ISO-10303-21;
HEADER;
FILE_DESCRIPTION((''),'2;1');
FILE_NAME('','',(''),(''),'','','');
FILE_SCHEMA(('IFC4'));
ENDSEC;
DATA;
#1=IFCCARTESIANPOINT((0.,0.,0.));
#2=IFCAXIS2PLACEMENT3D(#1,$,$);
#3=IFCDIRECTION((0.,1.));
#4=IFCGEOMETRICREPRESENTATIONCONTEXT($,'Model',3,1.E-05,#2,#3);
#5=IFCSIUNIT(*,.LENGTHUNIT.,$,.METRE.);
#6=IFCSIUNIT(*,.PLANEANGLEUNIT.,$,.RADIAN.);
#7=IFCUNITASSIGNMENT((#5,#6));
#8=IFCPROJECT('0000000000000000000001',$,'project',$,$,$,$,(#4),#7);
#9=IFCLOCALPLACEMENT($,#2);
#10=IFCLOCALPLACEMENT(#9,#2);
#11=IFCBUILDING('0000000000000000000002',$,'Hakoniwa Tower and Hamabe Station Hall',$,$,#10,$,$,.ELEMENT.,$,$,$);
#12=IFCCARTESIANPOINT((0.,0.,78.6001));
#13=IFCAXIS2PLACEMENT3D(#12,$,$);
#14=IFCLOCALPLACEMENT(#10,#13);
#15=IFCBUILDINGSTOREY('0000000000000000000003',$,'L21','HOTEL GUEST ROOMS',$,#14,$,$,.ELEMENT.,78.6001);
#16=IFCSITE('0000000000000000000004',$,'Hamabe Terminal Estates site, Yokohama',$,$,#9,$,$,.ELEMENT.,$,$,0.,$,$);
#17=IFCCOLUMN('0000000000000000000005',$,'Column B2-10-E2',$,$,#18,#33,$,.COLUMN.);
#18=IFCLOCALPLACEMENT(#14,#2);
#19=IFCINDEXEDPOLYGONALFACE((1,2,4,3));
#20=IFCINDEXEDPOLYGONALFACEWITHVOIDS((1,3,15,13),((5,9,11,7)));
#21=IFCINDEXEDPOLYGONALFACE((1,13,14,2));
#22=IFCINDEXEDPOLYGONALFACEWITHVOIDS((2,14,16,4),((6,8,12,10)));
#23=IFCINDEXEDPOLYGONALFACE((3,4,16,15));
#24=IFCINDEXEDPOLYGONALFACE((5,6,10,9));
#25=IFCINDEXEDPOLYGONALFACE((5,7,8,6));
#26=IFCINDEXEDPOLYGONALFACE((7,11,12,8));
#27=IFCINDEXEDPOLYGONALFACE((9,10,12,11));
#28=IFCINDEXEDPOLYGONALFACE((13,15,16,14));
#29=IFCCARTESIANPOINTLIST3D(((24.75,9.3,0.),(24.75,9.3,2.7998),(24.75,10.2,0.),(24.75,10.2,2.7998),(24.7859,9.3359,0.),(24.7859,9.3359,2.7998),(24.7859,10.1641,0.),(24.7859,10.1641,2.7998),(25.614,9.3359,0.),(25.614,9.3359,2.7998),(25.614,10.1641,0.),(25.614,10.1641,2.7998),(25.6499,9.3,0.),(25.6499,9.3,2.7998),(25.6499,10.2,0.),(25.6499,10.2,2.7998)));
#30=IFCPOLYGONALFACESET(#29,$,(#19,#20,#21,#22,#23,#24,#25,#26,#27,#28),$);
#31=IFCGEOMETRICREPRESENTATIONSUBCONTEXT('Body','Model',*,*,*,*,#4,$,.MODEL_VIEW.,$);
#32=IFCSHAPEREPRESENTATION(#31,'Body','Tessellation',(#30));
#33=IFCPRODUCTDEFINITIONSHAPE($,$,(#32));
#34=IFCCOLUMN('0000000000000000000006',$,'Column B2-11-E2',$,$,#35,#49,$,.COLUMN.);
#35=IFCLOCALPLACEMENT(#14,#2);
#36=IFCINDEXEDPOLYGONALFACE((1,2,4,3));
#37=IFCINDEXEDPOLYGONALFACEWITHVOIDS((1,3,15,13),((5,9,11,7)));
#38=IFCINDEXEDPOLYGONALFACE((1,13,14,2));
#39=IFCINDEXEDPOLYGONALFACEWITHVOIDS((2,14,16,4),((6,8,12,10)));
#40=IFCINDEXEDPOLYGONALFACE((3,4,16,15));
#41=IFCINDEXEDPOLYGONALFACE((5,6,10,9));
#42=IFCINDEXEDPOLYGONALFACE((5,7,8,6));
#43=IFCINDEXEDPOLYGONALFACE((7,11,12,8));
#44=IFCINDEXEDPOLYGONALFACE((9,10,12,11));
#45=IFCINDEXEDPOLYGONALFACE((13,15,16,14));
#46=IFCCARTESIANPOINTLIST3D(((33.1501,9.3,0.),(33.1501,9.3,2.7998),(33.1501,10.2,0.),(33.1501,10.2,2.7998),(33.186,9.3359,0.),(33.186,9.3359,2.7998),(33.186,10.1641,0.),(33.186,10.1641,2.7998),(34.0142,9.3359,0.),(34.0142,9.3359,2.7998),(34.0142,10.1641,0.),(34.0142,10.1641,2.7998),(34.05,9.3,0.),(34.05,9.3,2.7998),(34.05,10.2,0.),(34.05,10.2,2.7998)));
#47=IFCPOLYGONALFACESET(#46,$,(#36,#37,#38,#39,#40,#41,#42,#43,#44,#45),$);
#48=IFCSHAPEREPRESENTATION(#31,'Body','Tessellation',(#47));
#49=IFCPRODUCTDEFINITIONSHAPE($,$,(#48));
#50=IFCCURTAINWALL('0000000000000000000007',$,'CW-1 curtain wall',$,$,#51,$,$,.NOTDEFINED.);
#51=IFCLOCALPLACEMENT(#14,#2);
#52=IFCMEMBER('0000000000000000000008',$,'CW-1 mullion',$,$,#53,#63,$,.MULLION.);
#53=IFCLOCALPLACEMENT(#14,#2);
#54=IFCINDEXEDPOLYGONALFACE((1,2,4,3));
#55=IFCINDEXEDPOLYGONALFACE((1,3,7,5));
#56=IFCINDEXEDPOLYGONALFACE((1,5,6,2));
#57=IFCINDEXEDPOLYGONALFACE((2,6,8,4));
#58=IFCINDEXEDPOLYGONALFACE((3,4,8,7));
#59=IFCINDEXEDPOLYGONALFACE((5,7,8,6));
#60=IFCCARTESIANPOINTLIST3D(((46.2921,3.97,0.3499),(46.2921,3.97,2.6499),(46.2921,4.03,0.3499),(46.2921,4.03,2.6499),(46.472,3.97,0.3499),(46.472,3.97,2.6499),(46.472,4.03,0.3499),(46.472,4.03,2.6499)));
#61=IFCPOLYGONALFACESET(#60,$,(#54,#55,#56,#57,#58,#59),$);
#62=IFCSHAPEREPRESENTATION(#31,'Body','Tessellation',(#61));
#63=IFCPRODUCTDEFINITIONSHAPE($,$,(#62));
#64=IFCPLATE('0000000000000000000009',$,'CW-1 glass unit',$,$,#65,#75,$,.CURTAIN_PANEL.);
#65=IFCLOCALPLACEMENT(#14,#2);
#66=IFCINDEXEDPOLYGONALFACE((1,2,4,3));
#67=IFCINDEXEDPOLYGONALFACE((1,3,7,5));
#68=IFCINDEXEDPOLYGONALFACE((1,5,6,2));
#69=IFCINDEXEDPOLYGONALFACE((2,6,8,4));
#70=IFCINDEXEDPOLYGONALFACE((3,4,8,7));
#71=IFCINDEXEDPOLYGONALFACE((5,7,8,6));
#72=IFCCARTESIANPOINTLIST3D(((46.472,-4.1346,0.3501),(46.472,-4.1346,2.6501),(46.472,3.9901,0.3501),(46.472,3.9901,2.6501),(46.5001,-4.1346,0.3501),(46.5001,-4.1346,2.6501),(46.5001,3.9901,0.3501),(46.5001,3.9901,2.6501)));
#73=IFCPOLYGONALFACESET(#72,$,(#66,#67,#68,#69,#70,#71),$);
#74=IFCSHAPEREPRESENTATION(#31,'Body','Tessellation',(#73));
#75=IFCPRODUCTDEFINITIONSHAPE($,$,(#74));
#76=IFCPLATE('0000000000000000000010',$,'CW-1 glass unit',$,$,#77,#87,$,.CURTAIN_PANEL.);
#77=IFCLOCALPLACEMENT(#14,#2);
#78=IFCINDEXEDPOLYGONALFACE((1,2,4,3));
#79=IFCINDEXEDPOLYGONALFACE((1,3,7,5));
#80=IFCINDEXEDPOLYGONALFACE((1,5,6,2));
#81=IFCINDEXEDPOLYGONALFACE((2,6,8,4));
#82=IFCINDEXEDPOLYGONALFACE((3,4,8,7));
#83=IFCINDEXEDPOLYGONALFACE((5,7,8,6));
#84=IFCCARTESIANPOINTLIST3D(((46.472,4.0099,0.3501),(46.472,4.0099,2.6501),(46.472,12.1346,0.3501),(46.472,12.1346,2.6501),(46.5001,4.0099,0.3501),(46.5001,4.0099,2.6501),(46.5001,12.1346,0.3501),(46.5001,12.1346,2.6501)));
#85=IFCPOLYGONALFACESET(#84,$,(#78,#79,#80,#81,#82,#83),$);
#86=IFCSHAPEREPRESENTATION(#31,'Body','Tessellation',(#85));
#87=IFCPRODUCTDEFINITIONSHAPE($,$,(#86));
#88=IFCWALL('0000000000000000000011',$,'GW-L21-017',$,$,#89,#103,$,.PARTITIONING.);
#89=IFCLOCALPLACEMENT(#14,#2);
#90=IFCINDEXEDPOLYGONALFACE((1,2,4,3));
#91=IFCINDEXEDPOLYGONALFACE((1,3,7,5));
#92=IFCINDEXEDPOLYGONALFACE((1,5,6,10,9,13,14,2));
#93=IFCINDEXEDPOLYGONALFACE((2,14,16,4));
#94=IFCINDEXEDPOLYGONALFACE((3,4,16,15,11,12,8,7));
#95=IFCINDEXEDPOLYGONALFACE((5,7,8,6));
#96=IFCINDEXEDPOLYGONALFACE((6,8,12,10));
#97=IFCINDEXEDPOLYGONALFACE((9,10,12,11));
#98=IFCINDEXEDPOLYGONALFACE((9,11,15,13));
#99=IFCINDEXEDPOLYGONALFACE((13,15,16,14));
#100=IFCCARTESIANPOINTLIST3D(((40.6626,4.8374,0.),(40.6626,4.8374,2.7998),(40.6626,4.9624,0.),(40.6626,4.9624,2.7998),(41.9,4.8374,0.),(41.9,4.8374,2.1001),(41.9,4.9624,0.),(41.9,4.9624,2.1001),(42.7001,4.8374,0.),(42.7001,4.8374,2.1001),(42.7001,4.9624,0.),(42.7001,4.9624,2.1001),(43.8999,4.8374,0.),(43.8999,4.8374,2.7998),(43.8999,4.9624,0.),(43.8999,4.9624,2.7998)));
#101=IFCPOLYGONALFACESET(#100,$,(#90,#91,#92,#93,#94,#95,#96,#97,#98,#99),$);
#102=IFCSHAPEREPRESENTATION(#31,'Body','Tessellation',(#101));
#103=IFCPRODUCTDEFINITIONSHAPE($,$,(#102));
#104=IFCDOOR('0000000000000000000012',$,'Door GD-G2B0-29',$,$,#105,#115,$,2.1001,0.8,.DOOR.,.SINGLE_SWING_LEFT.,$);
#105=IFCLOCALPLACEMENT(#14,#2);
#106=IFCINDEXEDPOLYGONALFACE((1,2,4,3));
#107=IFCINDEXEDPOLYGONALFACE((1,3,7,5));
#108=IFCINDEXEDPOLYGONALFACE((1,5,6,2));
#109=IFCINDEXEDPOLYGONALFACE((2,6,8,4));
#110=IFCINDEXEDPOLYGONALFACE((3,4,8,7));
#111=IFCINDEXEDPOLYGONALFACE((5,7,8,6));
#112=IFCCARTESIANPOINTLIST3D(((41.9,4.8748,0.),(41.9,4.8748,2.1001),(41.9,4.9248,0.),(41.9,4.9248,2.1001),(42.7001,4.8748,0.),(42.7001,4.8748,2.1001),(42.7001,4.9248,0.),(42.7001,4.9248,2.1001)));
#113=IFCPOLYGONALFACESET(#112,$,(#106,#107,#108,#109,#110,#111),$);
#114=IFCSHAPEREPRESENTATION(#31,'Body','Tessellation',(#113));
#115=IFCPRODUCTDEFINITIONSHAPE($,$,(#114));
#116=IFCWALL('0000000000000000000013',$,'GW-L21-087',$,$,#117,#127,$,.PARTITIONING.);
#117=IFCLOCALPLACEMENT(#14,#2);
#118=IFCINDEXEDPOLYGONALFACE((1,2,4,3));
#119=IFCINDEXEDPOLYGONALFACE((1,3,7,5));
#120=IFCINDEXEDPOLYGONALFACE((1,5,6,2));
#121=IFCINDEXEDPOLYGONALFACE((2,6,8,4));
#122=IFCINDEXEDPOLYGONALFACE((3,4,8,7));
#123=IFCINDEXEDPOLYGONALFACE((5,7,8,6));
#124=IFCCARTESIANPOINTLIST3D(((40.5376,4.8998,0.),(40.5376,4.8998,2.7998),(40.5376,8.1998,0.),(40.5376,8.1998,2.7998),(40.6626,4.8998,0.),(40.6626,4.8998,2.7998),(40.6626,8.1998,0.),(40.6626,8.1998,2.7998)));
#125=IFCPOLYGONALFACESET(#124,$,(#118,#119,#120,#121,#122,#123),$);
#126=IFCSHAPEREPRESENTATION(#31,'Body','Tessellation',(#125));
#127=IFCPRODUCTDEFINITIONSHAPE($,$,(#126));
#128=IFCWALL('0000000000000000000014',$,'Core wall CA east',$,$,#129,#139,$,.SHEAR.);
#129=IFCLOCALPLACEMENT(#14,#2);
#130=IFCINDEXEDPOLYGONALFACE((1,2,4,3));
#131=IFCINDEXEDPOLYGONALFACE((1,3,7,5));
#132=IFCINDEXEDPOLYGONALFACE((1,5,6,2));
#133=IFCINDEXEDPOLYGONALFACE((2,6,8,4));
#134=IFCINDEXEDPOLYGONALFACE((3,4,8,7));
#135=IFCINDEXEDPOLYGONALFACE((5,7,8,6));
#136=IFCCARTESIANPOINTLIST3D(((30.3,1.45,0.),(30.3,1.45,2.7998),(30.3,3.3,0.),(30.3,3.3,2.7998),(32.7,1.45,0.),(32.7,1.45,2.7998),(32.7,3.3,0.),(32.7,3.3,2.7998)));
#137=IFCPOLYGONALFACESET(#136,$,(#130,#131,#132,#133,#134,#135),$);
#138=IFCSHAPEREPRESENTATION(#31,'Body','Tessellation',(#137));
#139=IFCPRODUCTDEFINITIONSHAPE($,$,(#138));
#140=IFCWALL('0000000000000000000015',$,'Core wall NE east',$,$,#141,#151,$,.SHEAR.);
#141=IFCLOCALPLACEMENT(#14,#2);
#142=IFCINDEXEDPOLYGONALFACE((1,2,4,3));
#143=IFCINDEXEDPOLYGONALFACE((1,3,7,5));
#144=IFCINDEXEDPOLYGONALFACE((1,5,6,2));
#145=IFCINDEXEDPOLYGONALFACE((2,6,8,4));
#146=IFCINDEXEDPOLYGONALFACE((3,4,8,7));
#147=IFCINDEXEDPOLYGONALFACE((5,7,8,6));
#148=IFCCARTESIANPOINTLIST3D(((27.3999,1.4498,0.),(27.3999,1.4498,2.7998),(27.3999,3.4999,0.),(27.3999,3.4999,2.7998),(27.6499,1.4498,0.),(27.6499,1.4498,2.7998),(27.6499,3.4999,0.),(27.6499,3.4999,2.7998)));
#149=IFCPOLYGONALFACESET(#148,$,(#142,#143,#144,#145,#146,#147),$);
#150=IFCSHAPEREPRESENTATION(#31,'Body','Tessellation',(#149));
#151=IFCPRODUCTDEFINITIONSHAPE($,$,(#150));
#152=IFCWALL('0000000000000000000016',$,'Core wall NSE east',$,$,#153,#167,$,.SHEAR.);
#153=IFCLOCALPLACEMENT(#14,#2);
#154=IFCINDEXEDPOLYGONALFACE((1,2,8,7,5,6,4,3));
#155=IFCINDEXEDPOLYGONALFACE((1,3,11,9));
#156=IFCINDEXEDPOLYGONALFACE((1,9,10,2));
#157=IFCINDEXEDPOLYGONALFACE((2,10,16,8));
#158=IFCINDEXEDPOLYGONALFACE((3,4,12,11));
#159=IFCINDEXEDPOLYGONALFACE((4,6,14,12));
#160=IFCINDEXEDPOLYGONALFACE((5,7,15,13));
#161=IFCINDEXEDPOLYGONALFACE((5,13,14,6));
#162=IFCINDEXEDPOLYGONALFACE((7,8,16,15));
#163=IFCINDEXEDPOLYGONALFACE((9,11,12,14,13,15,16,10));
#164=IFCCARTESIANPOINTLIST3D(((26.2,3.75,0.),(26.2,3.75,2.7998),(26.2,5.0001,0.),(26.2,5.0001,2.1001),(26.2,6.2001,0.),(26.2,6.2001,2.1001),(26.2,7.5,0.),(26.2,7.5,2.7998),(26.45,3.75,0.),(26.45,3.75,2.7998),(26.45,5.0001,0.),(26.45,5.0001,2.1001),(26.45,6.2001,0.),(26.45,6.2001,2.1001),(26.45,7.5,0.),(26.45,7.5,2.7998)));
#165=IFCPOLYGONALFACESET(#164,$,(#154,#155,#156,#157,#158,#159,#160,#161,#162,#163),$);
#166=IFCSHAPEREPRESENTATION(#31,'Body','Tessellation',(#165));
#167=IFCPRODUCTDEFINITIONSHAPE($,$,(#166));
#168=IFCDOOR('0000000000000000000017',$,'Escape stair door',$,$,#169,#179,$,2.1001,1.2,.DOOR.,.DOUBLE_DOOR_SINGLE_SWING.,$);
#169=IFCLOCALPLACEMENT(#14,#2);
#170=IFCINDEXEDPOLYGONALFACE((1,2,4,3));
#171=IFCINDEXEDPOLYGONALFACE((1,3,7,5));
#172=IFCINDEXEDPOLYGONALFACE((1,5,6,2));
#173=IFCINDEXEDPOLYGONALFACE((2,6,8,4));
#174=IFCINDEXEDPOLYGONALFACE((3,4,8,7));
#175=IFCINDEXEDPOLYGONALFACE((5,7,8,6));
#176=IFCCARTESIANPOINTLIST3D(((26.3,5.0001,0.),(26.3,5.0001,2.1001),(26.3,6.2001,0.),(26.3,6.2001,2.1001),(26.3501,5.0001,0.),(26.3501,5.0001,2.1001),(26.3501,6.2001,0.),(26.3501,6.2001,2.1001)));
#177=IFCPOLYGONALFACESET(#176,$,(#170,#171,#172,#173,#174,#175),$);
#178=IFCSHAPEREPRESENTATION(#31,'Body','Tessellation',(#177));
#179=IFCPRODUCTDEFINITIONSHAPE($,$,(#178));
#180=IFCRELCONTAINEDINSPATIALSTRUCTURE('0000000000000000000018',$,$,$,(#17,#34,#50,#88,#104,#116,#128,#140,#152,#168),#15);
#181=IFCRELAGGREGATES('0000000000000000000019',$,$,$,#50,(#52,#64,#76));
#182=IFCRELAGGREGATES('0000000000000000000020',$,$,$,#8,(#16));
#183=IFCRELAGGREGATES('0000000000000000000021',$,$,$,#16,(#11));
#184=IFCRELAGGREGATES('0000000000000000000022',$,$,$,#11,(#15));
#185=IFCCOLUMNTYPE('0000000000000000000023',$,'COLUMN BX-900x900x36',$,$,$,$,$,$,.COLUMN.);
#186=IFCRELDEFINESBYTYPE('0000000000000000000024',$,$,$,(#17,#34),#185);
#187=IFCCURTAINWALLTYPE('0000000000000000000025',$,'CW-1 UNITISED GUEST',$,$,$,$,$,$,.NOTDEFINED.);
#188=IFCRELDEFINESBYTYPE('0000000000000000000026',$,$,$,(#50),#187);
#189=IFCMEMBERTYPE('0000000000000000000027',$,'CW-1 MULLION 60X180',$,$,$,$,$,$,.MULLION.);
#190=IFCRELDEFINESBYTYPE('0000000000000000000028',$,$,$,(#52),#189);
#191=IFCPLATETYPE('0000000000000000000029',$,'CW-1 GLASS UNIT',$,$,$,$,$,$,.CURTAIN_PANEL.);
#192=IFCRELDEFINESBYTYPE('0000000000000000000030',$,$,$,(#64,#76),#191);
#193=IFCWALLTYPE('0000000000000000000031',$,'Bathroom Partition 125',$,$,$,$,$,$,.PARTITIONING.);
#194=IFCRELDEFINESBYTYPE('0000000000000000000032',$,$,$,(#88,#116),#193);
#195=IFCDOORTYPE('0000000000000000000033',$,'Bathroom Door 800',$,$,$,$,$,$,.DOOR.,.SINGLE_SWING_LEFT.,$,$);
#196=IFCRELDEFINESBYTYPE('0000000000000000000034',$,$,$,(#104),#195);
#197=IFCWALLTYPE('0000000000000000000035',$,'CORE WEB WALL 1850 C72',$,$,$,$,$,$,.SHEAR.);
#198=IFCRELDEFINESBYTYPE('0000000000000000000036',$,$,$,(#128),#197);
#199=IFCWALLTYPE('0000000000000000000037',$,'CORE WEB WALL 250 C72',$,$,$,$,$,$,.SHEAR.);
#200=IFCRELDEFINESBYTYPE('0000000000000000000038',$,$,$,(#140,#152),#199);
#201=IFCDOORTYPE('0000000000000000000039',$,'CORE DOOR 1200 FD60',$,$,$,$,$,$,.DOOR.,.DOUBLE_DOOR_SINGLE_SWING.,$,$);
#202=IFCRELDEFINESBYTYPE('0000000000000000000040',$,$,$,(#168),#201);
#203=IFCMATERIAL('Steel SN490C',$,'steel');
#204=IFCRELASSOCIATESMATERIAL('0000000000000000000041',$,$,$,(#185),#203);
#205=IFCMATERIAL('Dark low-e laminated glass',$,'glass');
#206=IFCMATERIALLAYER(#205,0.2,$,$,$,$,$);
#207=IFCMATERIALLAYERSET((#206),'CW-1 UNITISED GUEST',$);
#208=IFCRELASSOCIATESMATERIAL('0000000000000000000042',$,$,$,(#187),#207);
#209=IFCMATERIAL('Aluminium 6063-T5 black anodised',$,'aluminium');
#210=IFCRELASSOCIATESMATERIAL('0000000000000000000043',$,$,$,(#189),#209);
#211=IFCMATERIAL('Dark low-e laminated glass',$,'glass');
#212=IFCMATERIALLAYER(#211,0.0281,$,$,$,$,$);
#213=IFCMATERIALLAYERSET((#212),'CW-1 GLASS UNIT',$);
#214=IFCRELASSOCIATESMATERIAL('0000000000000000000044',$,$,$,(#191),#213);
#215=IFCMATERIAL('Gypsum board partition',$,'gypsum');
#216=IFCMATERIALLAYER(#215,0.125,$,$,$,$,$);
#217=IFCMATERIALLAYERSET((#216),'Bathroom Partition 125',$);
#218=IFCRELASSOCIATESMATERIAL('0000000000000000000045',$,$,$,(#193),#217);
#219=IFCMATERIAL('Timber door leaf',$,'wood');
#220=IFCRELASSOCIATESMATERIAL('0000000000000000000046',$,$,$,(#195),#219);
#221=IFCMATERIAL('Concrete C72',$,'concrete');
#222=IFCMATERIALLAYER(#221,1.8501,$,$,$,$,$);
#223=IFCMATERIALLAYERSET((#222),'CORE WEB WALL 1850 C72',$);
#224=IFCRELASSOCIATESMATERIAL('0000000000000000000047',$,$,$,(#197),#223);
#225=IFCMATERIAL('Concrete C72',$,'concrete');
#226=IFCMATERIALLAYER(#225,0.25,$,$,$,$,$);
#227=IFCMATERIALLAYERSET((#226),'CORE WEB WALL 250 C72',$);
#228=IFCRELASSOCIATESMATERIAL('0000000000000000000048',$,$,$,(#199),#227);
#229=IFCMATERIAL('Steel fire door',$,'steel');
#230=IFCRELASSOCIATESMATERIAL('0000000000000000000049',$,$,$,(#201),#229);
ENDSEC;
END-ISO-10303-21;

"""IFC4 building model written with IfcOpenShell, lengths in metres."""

from ifc_helpers import new_model, si_unit, direction, frame, frame_2d, origin, origin_2d, place, context, subcontext, project, spatial, rectangle, hollow_rectangle, extrude, material, layer, layer_set, material_profile, profile_set, type_object, element, fill, aggregate, save


model = new_model("IFC4")

# Units and contexts
model_context = context("Model", 3, precision=1e-05, world=origin(), true_north=direction((0.0, 1.0)))
body_context = subcontext(model_context, "Body", "Model", "MODEL_VIEW")
ifc_project = project(units=[si_unit("LENGTHUNIT", "METRE"), si_unit("PLANEANGLEUNIT", "RADIAN")], contexts=[model_context])

# Site, building, storey
site_placement = place(None, origin())
site = spatial("IfcSite", under=ifc_project, at=site_placement, Name="Hamabe Terminal Estates site, Yokohama", CompositionType="ELEMENT", RefElevation=0.0)
building_placement = place(site_placement, origin())
building = spatial("IfcBuilding", under=site, at=building_placement, Name="Hakoniwa Tower and Hamabe Station Hall", CompositionType="ELEMENT")
storey_placement = place(building_placement, frame((0.0, 0.0, 78.6001)))
storey = spatial("IfcBuildingStorey", under=building, at=storey_placement, Name="L21", Description="HOTEL GUEST ROOMS", CompositionType="ELEMENT", Elevation=78.6001)

# Columns
ifc_material_1 = material(Name="Steel SN490C", Category="steel")
ifc_material_profile_1 = material_profile(ifc_material_1, hollow_rectangle(XDim=0.8999, YDim=0.8999, WallThickness=0.0359, at=origin_2d()), Name="BX-900x900x36")
ifc_profile_set_1 = profile_set([ifc_material_profile_1], Name="Steel SN490C")
column_type = type_object("IfcColumnType", Name="COLUMN BX-900x900x36", PredefinedType="COLUMN", material=ifc_profile_set_1)
for number, where, z_axis, x_axis, name in (
    (1, (25.2, 9.75, 0.0), (0.0, 0.0, 1.0), (1.0, 0.0, 0.0), "Column B2-10-E2"),
    (2, (33.6001, 9.75, 0.0), (0.0, 0.0, 1.0), (1.0, 0.0, 0.0), "Column B2-11-E2"),
):
    element("IfcColumn", number, at=place(storey_placement, frame(where, z_axis=z_axis, x_axis=x_axis)), inside=storey, type_object=column_type, Name=name, PredefinedType="COLUMN", context=body_context, shape_type="SweptSolid", body=[
        extrude(hollow_rectangle(XDim=0.8999, YDim=0.8999, WallThickness=0.0359, at=origin_2d()), origin(), (0.0, 0.0, 1.0), 2.7998),
    ])

# Curtain wall, member, plates
ifc_material_2 = material(Name="Dark low-e laminated glass", Category="glass")
ifc_layer_1 = layer(ifc_material_2, 0.2)
ifc_layer_set_1 = layer_set([ifc_layer_1], Name="CW-1 UNITISED GUEST")
curtain_wall_type = type_object("IfcCurtainWallType", Name="CW-1 UNITISED GUEST", PredefinedType="NOTDEFINED", material=ifc_layer_set_1)
curtain_wall_placement = place(storey_placement, origin())
curtain_wall = element("IfcCurtainWall", 3, at=curtain_wall_placement, inside=storey, type_object=curtain_wall_type, Name="CW-1 curtain wall", PredefinedType="NOTDEFINED")
ifc_material_3 = material(Name="Aluminium 6063-T5 black anodised", Category="aluminium")
ifc_material_profile_2 = material_profile(ifc_material_3, rectangle(XDim=0.0601, YDim=0.1799, at=origin_2d()), Name="CW-1 MULLION 60X180")
ifc_profile_set_2 = profile_set([ifc_material_profile_2], Name="Aluminium 6063-T5 black anodised")
member_type = type_object("IfcMemberType", Name="CW-1 MULLION 60X180", PredefinedType="MULLION", material=ifc_profile_set_2)
member_placement = place(storey_placement, frame((46.3821, 4.0, 0.3499), z_axis=(0.0, 0.0, 1.0), x_axis=(0.0, 1.0, 0.0)))
member = element("IfcMember", 4, at=member_placement, type_object=member_type, Name="CW-1 mullion", PredefinedType="MULLION", context=body_context, shape_type="SweptSolid", body=[
    extrude(rectangle(XDim=0.0601, YDim=0.1799, at=origin_2d()), origin(), (0.0, 0.0, 1.0), 2.3),
])
ifc_material_4 = material(Name="Dark low-e laminated glass", Category="glass")
ifc_layer_2 = layer(ifc_material_4, 0.0281)
ifc_layer_set_2 = layer_set([ifc_layer_2], Name="CW-1 GLASS UNIT")
plate_type = type_object("IfcPlateType", Name="CW-1 GLASS UNIT", PredefinedType="CURTAIN_PANEL", material=ifc_layer_set_2)
plate_1_placement = place(storey_placement, frame((46.4861, -0.0723, 0.3501), z_axis=(0.0, 0.0, 1.0), x_axis=(0.0, 1.0, 0.0)))
plate_1 = element("IfcPlate", 5, at=plate_1_placement, type_object=plate_type, Name="CW-1 glass unit", PredefinedType="CURTAIN_PANEL", context=body_context, shape_type="SweptSolid", body=[
    extrude(rectangle(XDim=8.1248, YDim=0.0281, at=origin_2d()), origin(), (0.0, 0.0, 1.0), 2.3),
])
plate_2_placement = place(storey_placement, frame((46.4861, 8.0723, 0.3501), z_axis=(0.0, 0.0, 1.0), x_axis=(0.0, 1.0, 0.0)))
plate_2 = element("IfcPlate", 6, at=plate_2_placement, type_object=plate_type, Name="CW-1 glass unit", PredefinedType="CURTAIN_PANEL", context=body_context, shape_type="SweptSolid", body=[
    extrude(rectangle(XDim=8.1248, YDim=0.0281, at=origin_2d()), origin(), (0.0, 0.0, 1.0), 2.3),
])
aggregate(curtain_wall, [member, plate_1, plate_2])

# Wall, opening, door
ifc_material_5 = material(Name="Gypsum board partition", Category="gypsum")
ifc_layer_3 = layer(ifc_material_5, 0.125)
ifc_layer_set_3 = layer_set([ifc_layer_3], Name="Bathroom Partition 125")
wall_type_1 = type_object("IfcWallType", Name="Bathroom Partition 125", PredefinedType="PARTITIONING", material=ifc_layer_set_3)
wall_1_placement = place(storey_placement, frame((40.6626, 4.8999, 0.0), z_axis=(0.0, 0.0, 1.0), x_axis=(1.0, 0.0, 0.0)))
wall_1 = element("IfcWall", 7, at=wall_1_placement, inside=storey, type_object=wall_type_1, Name="GW-L21-017", PredefinedType="PARTITIONING", context=body_context, shape_type="SweptSolid", body=[
    extrude(rectangle(XDim=3.2373, YDim=0.125, at=frame_2d((1.6187, 0.0))), origin(), (0.0, 0.0, 1.0), 2.7998),
])
opening_1_placement = place(wall_1_placement, frame((1.2375, 0.0, 0.0)))
opening_1 = element("IfcOpeningElement", 8, at=opening_1_placement, cuts=wall_1, PredefinedType="OPENING", context=body_context, shape_type="SweptSolid", body=[
    extrude(rectangle(XDim=0.8, YDim=2.1001, at=frame_2d((0.3999, 1.05))), frame((0.0, 0.0725, 0.0), z_axis=(0.0, -1.0, 0.0), x_axis=(1.0, 0.0, 0.0)), (0.0, 0.0, 1.0), 0.145),
])
ifc_material_6 = material(Name="Timber door leaf", Category="wood")
door_type_1 = type_object("IfcDoorType", Name="Bathroom Door 800", OperationType="SINGLE_SWING_LEFT", PredefinedType="DOOR", material=ifc_material_6)
door_1_placement = place(opening_1_placement, origin())
door_1 = element("IfcDoor", 9, at=door_1_placement, inside=storey, type_object=door_type_1, Name="Door GD-G2B0-29", OperationType="SINGLE_SWING_LEFT", OverallHeight=2.1001, OverallWidth=0.8, PredefinedType="DOOR", context=body_context, shape_type="SweptSolid", body=[
    extrude(rectangle(XDim=0.8, YDim=2.1001, at=frame_2d((0.3999, 1.05))), frame((0.0, 0.0249, 0.0), z_axis=(0.0, -1.0, 0.0), x_axis=(1.0, 0.0, 0.0)), (0.0, 0.0, 1.0), 0.05),
])
fill(opening_1, door_1)

# Walls
wall_2_placement = place(storey_placement, frame((40.6001, 4.8999, 0.0), z_axis=(0.0, 0.0, 1.0), x_axis=(0.0, 1.0, 0.0)))
element("IfcWall", 10, at=wall_2_placement, inside=storey, type_object=wall_type_1, Name="GW-L21-087", PredefinedType="PARTITIONING", context=body_context, shape_type="SweptSolid", body=[
    extrude(rectangle(XDim=3.3, YDim=0.125, at=frame_2d((1.6499, 0.0))), origin(), (0.0, 0.0, 1.0), 2.7998),
])
ifc_material_7 = material(Name="Concrete C72", Category="concrete")
ifc_layer_4 = layer(ifc_material_7, 1.8501)
ifc_layer_set_4 = layer_set([ifc_layer_4], Name="CORE WEB WALL 1850 C72")
wall_type_2 = type_object("IfcWallType", Name="CORE WEB WALL 1850 C72", PredefinedType="SHEAR", material=ifc_layer_set_4)
wall_3_placement = place(storey_placement, frame((30.3, 2.375, 0.0), z_axis=(0.0, 0.0, 1.0), x_axis=(1.0, 0.0, 0.0)))
element("IfcWall", 11, at=wall_3_placement, inside=storey, type_object=wall_type_2, Name="Core wall CA east", PredefinedType="SHEAR", context=body_context, shape_type="SweptSolid", body=[
    extrude(rectangle(XDim=2.3999, YDim=1.8501, at=frame_2d((1.2, 0.0))), origin(), (0.0, 0.0, 1.0), 2.7998),
])
ifc_material_8 = material(Name="Concrete C72", Category="concrete")
ifc_layer_5 = layer(ifc_material_8, 0.25)
ifc_layer_set_5 = layer_set([ifc_layer_5], Name="CORE WEB WALL 250 C72")
wall_type_3 = type_object("IfcWallType", Name="CORE WEB WALL 250 C72", PredefinedType="SHEAR", material=ifc_layer_set_5)
wall_4_placement = place(storey_placement, frame((27.5249, 1.45, 0.0), z_axis=(0.0, 0.0, 1.0), x_axis=(0.0, 1.0, 0.0)))
element("IfcWall", 12, at=wall_4_placement, inside=storey, type_object=wall_type_3, Name="Core wall NE east", PredefinedType="SHEAR", context=body_context, shape_type="SweptSolid", body=[
    extrude(rectangle(XDim=2.05, YDim=0.25, at=frame_2d((1.0249, 0.0))), origin(), (0.0, 0.0, 1.0), 2.7998),
])

# Wall, opening, door
wall_5_placement = place(storey_placement, frame((26.325, 3.75, 0.0), z_axis=(0.0, 0.0, 1.0), x_axis=(0.0, 1.0, 0.0)))
wall_5 = element("IfcWall", 13, at=wall_5_placement, inside=storey, type_object=wall_type_3, Name="Core wall NSE east", PredefinedType="SHEAR", context=body_context, shape_type="SweptSolid", body=[
    extrude(rectangle(XDim=3.75, YDim=0.25, at=frame_2d((1.875, 0.0))), origin(), (0.0, 0.0, 1.0), 2.7998),
])
opening_2_placement = place(wall_5_placement, frame((1.25, 0.0, 0.0)))
opening_2 = element("IfcOpeningElement", 14, at=opening_2_placement, cuts=wall_5, PredefinedType="OPENING", context=body_context, shape_type="SweptSolid", body=[
    extrude(rectangle(XDim=1.2, YDim=2.1001, at=frame_2d((0.6001, 1.05))), frame((0.0, 0.135, 0.0), z_axis=(0.0, -1.0, 0.0), x_axis=(1.0, 0.0, 0.0)), (0.0, 0.0, 1.0), 0.27),
])
ifc_material_9 = material(Name="Steel fire door", Category="steel")
door_type_2 = type_object("IfcDoorType", Name="CORE DOOR 1200 FD60", OperationType="DOUBLE_DOOR_SINGLE_SWING", PredefinedType="DOOR", material=ifc_material_9)
door_2_placement = place(opening_2_placement, origin())
door_2 = element("IfcDoor", 15, at=door_2_placement, inside=storey, type_object=door_type_2, Name="Escape stair door", OperationType="DOUBLE_DOOR_SINGLE_SWING", OverallHeight=2.1001, OverallWidth=1.2, PredefinedType="DOOR", context=body_context, shape_type="SweptSolid", body=[
    extrude(rectangle(XDim=1.2, YDim=2.1001, at=frame_2d((0.6001, 1.05))), frame((0.0, 0.0249, 0.0), z_axis=(0.0, -1.0, 0.0), x_axis=(1.0, 0.0, 0.0)), (0.0, 0.0, 1.0), 0.05),
])
fill(opening_2, door_2)

save(model, "model.ifc")
